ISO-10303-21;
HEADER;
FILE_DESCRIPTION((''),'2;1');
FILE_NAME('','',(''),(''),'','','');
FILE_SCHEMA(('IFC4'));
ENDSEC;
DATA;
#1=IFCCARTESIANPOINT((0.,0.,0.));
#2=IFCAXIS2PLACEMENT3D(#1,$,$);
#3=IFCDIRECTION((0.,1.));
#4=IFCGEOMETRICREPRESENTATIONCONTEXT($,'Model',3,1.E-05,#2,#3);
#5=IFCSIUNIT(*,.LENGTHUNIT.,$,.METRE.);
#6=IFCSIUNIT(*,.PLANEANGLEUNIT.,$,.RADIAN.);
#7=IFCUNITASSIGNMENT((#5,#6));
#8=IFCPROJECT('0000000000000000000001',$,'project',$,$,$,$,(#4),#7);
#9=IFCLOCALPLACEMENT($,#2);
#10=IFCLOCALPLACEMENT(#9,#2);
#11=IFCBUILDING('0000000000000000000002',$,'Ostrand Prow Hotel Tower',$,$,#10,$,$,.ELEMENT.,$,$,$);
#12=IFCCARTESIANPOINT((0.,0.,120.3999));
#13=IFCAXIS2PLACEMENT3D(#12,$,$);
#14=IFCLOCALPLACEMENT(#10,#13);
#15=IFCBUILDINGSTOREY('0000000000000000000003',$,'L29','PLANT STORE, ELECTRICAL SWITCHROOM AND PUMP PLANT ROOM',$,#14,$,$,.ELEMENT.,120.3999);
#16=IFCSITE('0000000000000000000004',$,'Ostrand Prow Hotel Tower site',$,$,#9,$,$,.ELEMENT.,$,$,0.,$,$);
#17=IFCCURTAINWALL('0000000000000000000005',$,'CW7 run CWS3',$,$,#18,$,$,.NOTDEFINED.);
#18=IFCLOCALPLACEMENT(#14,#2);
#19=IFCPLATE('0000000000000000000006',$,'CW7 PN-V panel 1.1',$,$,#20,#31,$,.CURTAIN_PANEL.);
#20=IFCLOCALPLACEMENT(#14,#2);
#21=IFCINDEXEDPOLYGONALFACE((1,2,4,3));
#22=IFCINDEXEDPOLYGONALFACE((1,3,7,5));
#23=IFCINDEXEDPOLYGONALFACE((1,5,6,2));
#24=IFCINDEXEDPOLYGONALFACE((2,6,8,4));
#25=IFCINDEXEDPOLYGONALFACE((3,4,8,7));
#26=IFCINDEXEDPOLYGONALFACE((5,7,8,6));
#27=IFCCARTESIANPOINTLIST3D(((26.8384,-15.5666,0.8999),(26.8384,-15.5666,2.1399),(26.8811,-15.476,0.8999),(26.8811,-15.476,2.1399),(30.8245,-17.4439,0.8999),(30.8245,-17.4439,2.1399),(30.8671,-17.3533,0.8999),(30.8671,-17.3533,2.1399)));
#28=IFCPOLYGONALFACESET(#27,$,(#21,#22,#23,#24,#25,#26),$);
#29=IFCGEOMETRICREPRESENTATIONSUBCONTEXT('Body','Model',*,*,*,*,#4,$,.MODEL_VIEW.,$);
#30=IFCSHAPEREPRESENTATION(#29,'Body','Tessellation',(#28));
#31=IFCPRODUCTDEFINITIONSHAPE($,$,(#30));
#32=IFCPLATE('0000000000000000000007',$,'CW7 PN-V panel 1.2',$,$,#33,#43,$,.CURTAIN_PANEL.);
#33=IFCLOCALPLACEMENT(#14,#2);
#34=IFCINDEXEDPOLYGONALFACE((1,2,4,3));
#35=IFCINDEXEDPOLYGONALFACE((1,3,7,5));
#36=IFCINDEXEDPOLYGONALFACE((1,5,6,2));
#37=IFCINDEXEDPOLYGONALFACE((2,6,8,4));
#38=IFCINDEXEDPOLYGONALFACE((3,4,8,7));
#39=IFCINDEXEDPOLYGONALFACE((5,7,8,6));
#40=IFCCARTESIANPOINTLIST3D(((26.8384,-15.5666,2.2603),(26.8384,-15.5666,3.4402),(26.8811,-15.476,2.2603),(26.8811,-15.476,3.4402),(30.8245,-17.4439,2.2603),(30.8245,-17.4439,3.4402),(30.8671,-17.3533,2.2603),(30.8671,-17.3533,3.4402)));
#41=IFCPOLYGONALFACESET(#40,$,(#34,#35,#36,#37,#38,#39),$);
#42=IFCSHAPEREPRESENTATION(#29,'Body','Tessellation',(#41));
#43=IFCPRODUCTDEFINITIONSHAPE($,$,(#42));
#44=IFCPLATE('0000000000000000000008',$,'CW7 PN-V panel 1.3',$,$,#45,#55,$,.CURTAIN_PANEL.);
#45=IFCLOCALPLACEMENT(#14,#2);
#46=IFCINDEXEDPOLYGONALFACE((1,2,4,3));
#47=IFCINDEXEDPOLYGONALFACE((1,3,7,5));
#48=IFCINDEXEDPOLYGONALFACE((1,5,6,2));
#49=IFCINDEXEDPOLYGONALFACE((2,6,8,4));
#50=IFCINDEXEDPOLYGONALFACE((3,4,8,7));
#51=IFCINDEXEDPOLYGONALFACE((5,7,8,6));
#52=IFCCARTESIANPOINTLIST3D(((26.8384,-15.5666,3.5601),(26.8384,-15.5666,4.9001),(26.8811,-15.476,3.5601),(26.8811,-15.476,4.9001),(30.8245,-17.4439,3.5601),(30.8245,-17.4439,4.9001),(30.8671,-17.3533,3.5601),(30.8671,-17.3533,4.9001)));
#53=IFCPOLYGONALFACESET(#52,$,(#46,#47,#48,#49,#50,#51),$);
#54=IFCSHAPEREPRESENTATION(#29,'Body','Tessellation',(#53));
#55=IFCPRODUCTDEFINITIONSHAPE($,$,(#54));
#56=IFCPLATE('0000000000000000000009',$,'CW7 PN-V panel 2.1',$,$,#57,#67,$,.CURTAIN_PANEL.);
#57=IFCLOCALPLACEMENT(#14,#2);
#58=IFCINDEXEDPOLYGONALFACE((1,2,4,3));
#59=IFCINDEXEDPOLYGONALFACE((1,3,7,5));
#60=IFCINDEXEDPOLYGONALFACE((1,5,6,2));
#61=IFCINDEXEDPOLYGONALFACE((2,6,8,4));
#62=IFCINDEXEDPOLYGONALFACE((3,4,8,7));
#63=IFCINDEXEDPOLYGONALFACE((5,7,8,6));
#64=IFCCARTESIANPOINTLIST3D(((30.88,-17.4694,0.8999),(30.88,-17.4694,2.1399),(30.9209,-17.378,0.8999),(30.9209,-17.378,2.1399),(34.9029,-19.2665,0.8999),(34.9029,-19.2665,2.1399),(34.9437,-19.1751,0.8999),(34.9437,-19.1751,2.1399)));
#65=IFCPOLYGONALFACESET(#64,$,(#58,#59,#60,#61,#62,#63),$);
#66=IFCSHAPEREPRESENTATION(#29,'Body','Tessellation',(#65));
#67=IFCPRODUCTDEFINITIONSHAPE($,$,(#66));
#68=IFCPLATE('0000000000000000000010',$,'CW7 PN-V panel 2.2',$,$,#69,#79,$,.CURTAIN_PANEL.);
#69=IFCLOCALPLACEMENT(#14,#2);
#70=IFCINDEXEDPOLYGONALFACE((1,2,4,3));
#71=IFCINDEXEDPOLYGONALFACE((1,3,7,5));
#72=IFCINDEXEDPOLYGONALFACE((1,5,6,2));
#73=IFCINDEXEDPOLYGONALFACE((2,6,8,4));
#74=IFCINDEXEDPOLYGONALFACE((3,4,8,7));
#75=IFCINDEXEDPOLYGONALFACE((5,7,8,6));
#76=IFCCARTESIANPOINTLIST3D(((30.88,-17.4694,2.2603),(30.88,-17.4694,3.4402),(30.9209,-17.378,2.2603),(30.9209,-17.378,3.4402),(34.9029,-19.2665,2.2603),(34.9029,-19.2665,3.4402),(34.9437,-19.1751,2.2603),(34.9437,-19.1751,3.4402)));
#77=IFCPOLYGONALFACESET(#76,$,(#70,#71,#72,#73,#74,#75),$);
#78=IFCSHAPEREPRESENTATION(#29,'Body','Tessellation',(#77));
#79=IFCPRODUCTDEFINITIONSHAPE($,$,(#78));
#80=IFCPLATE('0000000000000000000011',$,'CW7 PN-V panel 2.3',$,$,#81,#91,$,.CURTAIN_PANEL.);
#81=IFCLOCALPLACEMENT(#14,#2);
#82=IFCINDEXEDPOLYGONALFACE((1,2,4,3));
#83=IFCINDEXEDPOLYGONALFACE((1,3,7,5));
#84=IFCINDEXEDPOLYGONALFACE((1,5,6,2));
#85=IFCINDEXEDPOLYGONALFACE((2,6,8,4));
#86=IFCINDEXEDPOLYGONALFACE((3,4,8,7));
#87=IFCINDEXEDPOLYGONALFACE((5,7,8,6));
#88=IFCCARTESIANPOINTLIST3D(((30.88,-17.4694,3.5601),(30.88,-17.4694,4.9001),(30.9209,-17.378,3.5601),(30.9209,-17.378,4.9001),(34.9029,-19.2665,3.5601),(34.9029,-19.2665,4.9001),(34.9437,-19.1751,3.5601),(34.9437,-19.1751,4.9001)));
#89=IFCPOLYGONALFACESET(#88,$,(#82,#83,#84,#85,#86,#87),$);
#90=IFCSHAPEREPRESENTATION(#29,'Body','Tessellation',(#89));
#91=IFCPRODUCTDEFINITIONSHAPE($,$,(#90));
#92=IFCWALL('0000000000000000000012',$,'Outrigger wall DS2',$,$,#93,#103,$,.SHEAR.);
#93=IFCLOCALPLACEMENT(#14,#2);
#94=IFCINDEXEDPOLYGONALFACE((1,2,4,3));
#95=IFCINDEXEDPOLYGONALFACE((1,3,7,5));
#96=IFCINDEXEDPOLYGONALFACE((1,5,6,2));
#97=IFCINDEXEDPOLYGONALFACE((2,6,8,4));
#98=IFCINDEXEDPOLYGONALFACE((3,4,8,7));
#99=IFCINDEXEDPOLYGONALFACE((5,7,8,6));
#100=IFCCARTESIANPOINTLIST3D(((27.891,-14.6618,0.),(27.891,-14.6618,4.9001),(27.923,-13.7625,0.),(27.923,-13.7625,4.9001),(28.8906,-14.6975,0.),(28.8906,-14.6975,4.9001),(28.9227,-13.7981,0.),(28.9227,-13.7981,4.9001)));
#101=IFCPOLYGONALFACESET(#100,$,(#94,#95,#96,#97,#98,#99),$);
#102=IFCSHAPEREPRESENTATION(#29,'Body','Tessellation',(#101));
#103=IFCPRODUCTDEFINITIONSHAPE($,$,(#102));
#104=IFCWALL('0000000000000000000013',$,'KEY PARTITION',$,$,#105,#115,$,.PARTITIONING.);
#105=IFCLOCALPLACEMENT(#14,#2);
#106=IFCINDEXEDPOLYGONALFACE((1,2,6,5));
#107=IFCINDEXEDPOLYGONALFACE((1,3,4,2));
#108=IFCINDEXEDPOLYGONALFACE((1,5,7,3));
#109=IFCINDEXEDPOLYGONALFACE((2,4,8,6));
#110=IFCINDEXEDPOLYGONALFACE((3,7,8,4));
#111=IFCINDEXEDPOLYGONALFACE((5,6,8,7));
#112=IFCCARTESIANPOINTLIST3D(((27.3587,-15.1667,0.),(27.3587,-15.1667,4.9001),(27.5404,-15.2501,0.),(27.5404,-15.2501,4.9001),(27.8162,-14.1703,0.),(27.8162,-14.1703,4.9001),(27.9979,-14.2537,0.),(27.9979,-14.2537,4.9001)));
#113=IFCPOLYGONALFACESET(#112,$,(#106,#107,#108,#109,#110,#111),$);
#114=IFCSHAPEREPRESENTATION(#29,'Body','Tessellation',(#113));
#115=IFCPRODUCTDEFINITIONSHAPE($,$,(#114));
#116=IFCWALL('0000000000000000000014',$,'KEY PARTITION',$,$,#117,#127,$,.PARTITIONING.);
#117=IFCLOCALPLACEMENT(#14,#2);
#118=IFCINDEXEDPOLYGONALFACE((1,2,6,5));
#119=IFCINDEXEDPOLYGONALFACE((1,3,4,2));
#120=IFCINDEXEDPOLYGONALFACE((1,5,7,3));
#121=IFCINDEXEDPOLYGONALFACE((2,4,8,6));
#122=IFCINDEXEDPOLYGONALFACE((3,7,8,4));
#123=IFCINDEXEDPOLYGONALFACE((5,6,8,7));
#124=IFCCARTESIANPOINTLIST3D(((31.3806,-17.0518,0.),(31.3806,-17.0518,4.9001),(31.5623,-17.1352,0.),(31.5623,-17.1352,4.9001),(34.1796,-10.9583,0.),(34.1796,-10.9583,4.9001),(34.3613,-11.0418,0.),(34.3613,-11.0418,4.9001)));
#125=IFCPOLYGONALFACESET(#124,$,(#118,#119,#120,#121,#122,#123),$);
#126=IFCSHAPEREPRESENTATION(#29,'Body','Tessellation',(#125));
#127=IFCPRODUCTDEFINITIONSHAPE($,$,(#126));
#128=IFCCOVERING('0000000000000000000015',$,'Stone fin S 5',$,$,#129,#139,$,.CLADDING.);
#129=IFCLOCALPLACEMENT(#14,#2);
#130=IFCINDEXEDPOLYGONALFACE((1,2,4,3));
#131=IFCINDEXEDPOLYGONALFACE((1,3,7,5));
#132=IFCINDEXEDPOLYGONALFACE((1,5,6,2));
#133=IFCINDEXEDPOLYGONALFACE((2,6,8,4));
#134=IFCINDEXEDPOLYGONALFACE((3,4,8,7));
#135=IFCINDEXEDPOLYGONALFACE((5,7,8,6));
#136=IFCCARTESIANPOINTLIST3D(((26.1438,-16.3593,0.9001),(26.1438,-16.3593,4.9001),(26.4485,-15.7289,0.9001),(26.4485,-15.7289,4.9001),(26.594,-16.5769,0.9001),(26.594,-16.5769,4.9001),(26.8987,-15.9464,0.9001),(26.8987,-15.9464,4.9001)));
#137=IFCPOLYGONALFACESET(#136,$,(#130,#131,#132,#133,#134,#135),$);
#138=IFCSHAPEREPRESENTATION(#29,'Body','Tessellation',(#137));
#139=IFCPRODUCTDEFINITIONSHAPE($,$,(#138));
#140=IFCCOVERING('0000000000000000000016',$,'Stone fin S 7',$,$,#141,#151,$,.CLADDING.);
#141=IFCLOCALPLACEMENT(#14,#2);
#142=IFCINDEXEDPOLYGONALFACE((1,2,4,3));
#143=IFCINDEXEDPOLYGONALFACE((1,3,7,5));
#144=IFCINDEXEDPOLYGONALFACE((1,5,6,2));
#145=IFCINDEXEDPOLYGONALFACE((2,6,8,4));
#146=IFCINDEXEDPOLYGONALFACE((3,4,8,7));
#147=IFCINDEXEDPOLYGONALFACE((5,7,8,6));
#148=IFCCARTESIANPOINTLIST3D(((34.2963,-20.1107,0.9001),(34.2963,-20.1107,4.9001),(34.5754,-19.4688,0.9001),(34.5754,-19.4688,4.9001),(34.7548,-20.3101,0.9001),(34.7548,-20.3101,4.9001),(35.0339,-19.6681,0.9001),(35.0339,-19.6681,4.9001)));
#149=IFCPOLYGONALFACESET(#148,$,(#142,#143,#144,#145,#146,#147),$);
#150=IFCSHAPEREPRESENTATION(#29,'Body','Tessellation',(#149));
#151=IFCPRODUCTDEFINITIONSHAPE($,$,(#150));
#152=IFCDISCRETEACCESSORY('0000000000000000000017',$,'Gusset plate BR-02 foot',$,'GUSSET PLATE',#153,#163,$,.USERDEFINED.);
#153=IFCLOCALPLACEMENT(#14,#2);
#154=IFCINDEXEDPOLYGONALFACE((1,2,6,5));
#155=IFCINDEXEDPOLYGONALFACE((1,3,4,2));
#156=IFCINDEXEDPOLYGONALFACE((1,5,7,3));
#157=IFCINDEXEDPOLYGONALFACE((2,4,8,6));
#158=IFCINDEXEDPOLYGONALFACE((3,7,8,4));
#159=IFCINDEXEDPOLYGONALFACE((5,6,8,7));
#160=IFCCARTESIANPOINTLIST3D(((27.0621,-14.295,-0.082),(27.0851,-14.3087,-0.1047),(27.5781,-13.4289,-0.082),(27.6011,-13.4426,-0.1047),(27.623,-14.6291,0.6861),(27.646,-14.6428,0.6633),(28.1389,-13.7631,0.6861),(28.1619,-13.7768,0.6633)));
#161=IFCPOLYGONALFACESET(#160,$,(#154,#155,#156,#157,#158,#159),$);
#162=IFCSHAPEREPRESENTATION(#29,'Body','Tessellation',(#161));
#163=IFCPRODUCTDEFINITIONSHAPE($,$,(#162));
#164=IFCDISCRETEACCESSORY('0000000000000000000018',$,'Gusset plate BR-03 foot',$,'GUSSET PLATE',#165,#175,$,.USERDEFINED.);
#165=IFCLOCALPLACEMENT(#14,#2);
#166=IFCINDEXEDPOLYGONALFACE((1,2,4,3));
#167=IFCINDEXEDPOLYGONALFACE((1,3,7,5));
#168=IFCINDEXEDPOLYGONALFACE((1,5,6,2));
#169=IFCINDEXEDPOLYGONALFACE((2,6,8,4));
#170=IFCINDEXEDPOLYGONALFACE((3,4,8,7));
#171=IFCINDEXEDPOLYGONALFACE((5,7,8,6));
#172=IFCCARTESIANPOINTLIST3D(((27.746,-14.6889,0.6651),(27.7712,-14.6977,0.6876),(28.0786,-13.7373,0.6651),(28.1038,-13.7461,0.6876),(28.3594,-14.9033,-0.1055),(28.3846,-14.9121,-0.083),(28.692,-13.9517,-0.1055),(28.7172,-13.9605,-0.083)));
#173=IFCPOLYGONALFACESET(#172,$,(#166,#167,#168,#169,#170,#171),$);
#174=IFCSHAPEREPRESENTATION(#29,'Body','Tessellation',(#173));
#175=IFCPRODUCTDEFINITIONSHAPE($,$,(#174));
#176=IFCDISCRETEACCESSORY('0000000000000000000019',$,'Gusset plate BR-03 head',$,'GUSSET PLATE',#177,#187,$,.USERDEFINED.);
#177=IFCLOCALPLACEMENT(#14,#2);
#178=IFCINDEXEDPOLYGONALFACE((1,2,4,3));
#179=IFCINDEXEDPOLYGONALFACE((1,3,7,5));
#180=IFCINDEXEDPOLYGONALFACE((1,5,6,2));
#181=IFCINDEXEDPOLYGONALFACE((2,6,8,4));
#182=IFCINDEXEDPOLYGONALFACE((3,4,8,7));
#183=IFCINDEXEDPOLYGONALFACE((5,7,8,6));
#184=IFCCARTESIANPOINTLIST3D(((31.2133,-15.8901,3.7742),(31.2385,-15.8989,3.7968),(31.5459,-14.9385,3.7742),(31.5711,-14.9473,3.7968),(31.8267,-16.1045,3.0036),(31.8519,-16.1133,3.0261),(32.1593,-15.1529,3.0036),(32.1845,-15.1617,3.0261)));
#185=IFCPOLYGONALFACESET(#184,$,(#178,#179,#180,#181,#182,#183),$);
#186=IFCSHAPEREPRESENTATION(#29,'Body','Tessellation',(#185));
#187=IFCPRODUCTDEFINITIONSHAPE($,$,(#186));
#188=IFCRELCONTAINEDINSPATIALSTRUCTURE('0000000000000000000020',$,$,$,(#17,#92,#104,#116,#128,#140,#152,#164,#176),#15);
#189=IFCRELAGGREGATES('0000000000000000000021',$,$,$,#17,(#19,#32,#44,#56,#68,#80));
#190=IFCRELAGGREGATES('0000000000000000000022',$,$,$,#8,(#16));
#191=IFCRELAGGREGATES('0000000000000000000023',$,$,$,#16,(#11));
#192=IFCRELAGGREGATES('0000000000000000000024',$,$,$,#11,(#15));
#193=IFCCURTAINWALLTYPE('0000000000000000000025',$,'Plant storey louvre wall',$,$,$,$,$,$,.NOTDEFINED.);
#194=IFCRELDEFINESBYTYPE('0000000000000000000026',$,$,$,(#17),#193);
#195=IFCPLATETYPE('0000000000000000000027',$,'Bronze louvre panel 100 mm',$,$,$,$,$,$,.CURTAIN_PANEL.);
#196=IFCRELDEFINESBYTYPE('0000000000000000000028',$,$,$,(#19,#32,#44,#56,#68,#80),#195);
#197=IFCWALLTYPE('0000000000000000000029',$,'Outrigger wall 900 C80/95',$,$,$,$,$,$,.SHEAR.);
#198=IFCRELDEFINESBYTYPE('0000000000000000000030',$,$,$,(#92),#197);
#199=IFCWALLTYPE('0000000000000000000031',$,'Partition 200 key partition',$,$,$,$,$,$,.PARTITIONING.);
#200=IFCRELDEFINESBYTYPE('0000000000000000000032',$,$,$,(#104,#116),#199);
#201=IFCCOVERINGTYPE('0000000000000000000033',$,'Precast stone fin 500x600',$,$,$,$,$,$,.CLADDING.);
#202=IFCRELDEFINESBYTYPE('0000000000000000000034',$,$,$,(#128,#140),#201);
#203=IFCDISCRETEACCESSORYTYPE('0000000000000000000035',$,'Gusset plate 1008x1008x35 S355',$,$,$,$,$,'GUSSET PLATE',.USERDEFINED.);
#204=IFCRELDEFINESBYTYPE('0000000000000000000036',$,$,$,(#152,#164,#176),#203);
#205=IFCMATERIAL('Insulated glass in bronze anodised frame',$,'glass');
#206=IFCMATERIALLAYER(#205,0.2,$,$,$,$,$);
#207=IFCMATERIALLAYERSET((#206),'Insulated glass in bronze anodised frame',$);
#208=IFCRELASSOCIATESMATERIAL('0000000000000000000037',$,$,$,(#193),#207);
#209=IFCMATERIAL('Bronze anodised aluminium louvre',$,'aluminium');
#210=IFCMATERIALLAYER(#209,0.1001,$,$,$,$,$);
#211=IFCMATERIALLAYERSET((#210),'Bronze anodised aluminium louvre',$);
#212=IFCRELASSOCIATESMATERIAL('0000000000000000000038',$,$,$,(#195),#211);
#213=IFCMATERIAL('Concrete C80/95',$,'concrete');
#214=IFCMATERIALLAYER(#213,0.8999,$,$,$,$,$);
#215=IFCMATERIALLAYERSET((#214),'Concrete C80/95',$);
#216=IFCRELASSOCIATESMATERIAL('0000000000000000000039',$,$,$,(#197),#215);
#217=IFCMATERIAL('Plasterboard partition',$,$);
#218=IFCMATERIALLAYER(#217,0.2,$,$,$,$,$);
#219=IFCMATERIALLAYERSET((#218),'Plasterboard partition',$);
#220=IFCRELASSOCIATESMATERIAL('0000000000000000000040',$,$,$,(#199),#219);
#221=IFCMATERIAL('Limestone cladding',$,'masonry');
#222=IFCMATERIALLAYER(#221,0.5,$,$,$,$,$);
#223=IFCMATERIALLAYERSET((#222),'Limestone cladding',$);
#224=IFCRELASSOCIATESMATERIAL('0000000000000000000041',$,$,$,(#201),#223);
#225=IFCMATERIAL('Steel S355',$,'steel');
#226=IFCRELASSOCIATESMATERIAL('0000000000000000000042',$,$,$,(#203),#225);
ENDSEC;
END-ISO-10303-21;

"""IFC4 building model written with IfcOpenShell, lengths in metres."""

from ifc_helpers import new_model, si_unit, direction, frame, frame_2d, origin, origin_2d, place, context, subcontext, project, spatial, rectangle, extrude, material, layer, layer_set, material_profile, profile_set, type_object, element, aggregate, save


model = new_model("IFC4")

# Units and contexts
model_context = context("Model", 3, precision=1e-05, world=origin(), true_north=direction((0.0, 1.0)))
body_context = subcontext(model_context, "Body", "Model", "MODEL_VIEW")
ifc_project = project(units=[si_unit("LENGTHUNIT", "METRE"), si_unit("PLANEANGLEUNIT", "RADIAN")], contexts=[model_context])

# Site, building, storey
site_placement = place(None, origin())
site = spatial("IfcSite", under=ifc_project, at=site_placement, Name="Ostrand Prow Hotel Tower site", CompositionType="ELEMENT", RefElevation=0.0)
building_placement = place(site_placement, origin())
building = spatial("IfcBuilding", under=site, at=building_placement, Name="Ostrand Prow Hotel Tower", CompositionType="ELEMENT")
storey_placement = place(building_placement, frame((0.0, 0.0, 120.3999)))
storey = spatial("IfcBuildingStorey", under=building, at=storey_placement, Name="L29", Description="PLANT STORE, ELECTRICAL SWITCHROOM AND PUMP PLANT ROOM", CompositionType="ELEMENT", Elevation=120.3999)

# Shared definitions
ifc_material_1 = material(Name="Insulated glass in bronze anodised frame", Category="glass")
ifc_layer_1 = layer(ifc_material_1, 0.2)
ifc_layer_set_1 = layer_set([ifc_layer_1], Name="Insulated glass in bronze anodised frame")
curtain_wall_type = type_object("IfcCurtainWallType", Name="Plant storey louvre wall", PredefinedType="NOTDEFINED", material=ifc_layer_set_1)

# Curtain wall
curtain_wall_1_placement = place(storey_placement, origin())
curtain_wall_1 = element("IfcCurtainWall", 1, at=curtain_wall_1_placement, inside=storey, type_object=curtain_wall_type, Name="CW7 run CWS3", PredefinedType="NOTDEFINED")

# Plates
ifc_material_2 = material(Name="Bronze anodised aluminium louvre", Category="aluminium")
ifc_layer_2 = layer(ifc_material_2, 0.1001)
ifc_layer_set_2 = layer_set([ifc_layer_2], Name="Bronze anodised aluminium louvre")
plate_type = type_object("IfcPlateType", Name="Bronze louvre panel 100 mm", PredefinedType="CURTAIN_PANEL", material=ifc_layer_set_2)
plate_1_placement = place(storey_placement, frame((28.8528, -16.46, 0.8999), z_axis=(0.0, 0.0, 1.0), x_axis=(0.904686, -0.426079, 0.0)))
plate_1 = element("IfcPlate", 2, at=plate_1_placement, type_object=plate_type, Name="CW7 PN-V panel 1.1", PredefinedType="CURTAIN_PANEL", context=body_context, shape_type="SweptSolid", body=[
    extrude(rectangle(XDim=4.406, YDim=0.1001, at=origin_2d()), origin(), (0.0, 0.0, 1.0), 1.24),
])
plate_2_placement = place(storey_placement, frame((28.8528, -16.46, 2.2603), z_axis=(0.0, 0.0, 1.0), x_axis=(0.904686, -0.426079, 0.0)))
plate_2 = element("IfcPlate", 3, at=plate_2_placement, type_object=plate_type, Name="CW7 PN-V panel 1.2", PredefinedType="CURTAIN_PANEL", context=body_context, shape_type="SweptSolid", body=[
    extrude(rectangle(XDim=4.406, YDim=0.1001, at=origin_2d()), origin(), (0.0, 0.0, 1.0), 1.1799),
])
plate_3_placement = place(storey_placement, frame((28.8528, -16.46, 3.5601), z_axis=(0.0, 0.0, 1.0), x_axis=(0.904686, -0.426079, 0.0)))
plate_3 = element("IfcPlate", 4, at=plate_3_placement, type_object=plate_type, Name="CW7 PN-V panel 1.3", PredefinedType="CURTAIN_PANEL", context=body_context, shape_type="SweptSolid", body=[
    extrude(rectangle(XDim=4.406, YDim=0.1001, at=origin_2d()), origin(), (0.0, 0.0, 1.0), 1.3401),
])
plate_4_placement = place(storey_placement, frame((32.9119, -18.3223, 0.8999), z_axis=(0.0, 0.0, 1.0), x_axis=(0.913038, -0.407875, 0.0)))
plate_4 = element("IfcPlate", 5, at=plate_4_placement, type_object=plate_type, Name="CW7 PN-V panel 2.1", PredefinedType="CURTAIN_PANEL", context=body_context, shape_type="SweptSolid", body=[
    extrude(rectangle(XDim=4.406, YDim=0.1001, at=origin_2d()), origin(), (0.0, 0.0, 1.0), 1.24),
])
plate_5_placement = place(storey_placement, frame((32.9119, -18.3223, 2.2603), z_axis=(0.0, 0.0, 1.0), x_axis=(0.913038, -0.407875, 0.0)))
plate_5 = element("IfcPlate", 6, at=plate_5_placement, type_object=plate_type, Name="CW7 PN-V panel 2.2", PredefinedType="CURTAIN_PANEL", context=body_context, shape_type="SweptSolid", body=[
    extrude(rectangle(XDim=4.406, YDim=0.1001, at=origin_2d()), origin(), (0.0, 0.0, 1.0), 1.1799),
])
plate_6_placement = place(storey_placement, frame((32.9119, -18.3223, 3.5601), z_axis=(0.0, 0.0, 1.0), x_axis=(0.913038, -0.407875, 0.0)))
plate_6 = element("IfcPlate", 7, at=plate_6_placement, type_object=plate_type, Name="CW7 PN-V panel 2.3", PredefinedType="CURTAIN_PANEL", context=body_context, shape_type="SweptSolid", body=[
    extrude(rectangle(XDim=4.406, YDim=0.1001, at=origin_2d()), origin(), (0.0, 0.0, 1.0), 1.3401),
])
aggregate(curtain_wall_1, [plate_1, plate_2, plate_3, plate_4, plate_5, plate_6])

# Walls
ifc_material_3 = material(Name="Concrete C80/95", Category="concrete")
ifc_layer_3 = layer(ifc_material_3, 0.8999)
ifc_layer_set_3 = layer_set([ifc_layer_3], Name="Concrete C80/95")
wall_type_1 = type_object("IfcWallType", Name="Outrigger wall 900 C80/95", PredefinedType="SHEAR", material=ifc_layer_set_3)
wall_1_placement = place(storey_placement, frame((28.9065, -14.2478, 0.0), z_axis=(0.0, 0.0, 1.0), x_axis=(-0.999365, 0.035639, 0.0)))
element("IfcWall", 8, at=wall_1_placement, inside=storey, type_object=wall_type_1, Name="Outrigger wall DS2", PredefinedType="SHEAR", context=body_context, shape_type="SweptSolid", body=[
    extrude(rectangle(XDim=1.0002, YDim=0.8999, at=frame_2d((0.5, 0.0))), origin(), (0.0, 0.0, 1.0), 4.9001),
])
ifc_material_4 = material(Name="Plasterboard partition")
ifc_layer_4 = layer(ifc_material_4, 0.2)
ifc_layer_set_4 = layer_set([ifc_layer_4], Name="Plasterboard partition")
wall_type_2 = type_object("IfcWallType", Name="Partition 200 key partition", PredefinedType="PARTITIONING", material=ifc_layer_set_4)
wall_2_placement = place(storey_placement, frame((27.4495, -15.2085, 0.0), z_axis=(0.0, 0.0, 1.0), x_axis=(0.417306, 0.908766, 0.0)))
element("IfcWall", 9, at=wall_2_placement, inside=storey, type_object=wall_type_2, Name="KEY PARTITION", PredefinedType="PARTITIONING", context=body_context, shape_type="SweptSolid", body=[
    extrude(rectangle(XDim=1.0964, YDim=0.2, at=frame_2d((0.5483, 0.0))), origin(), (0.0, 0.0, 1.0), 4.9001),
])
wall_3_placement = place(storey_placement, frame((31.4714, -17.0935, 0.0), z_axis=(0.0, 0.0, 1.0), x_axis=(0.417421, 0.908713, 0.0)))
element("IfcWall", 10, at=wall_3_placement, inside=storey, type_object=wall_type_2, Name="KEY PARTITION", PredefinedType="PARTITIONING", context=body_context, shape_type="SweptSolid", body=[
    extrude(rectangle(XDim=6.7056, YDim=0.2, at=frame_2d((3.3528, 0.0))), origin(), (0.0, 0.0, 1.0), 4.9001),
])

# Coverings
ifc_material_5 = material(Name="Limestone cladding", Category="masonry")
ifc_layer_5 = layer(ifc_material_5, 0.5)
ifc_layer_set_5 = layer_set([ifc_layer_5], Name="Limestone cladding")
covering_type = type_object("IfcCoveringType", Name="Precast stone fin 500x600", PredefinedType="CLADDING", material=ifc_layer_set_5)
covering_1_placement = place(storey_placement, frame((26.6736, -15.8376, 0.9001), z_axis=(0.0, 0.0, 1.0), x_axis=(-0.435178, -0.900344, 0.0)))
element("IfcCovering", 11, at=covering_1_placement, inside=storey, type_object=covering_type, Name="Stone fin S 5", PredefinedType="CLADDING", context=body_context, shape_type="SweptSolid", body=[
    extrude(rectangle(XDim=0.7002, YDim=0.5, at=frame_2d((0.3501, 0.0))), origin(), (0.0, 0.0, 1.0), 4.0),
])
covering_2_placement = place(storey_placement, frame((34.8047, -19.5684, 0.9001), z_axis=(0.0, 0.0, 1.0), x_axis=(-0.398713, -0.917076, 0.0)))
element("IfcCovering", 12, at=covering_2_placement, inside=storey, type_object=covering_type, Name="Stone fin S 7", PredefinedType="CLADDING", context=body_context, shape_type="SweptSolid", body=[
    extrude(rectangle(XDim=0.7, YDim=0.5, at=frame_2d((0.3501, 0.0))), origin(), (0.0, 0.0, 1.0), 4.0),
])

# Discrete accessories
ifc_material_6 = material(Name="Steel S355", Category="steel")
ifc_material_profile_1 = material_profile(ifc_material_6, rectangle(XDim=1.0081, YDim=1.0081, at=origin_2d()), Name="PL 1008x1008x35")
ifc_profile_set_1 = profile_set([ifc_material_profile_1], Name="Steel S355")
discrete_accessory_type = type_object("IfcDiscreteAccessoryType", Name="Gusset plate 1008x1008x35 S355", ElementType="GUSSET PLATE", PredefinedType="USERDEFINED", material=ifc_profile_set_1)
discrete_accessory_placement = place(storey_placement, frame((27.6235, -14.0427, 0.2793), z_axis=(-0.654595, 0.389972, 0.647632), x_axis=(-0.511805, -0.859102, 0.0)))
element("IfcDiscreteAccessory", 13, at=discrete_accessory_placement, inside=storey, type_object=discrete_accessory_type, Name="Gusset plate BR-02 foot", ObjectType="GUSSET PLATE", PredefinedType="USERDEFINED", context=body_context, shape_type="SweptSolid", body=[
    extrude(rectangle(XDim=1.0081, YDim=1.0081, at=origin_2d()), origin(), (0.0, 0.0, 1.0), 0.0352),
])
for number, where, z_axis, x_axis, name in (
    (14, (28.219, -14.3203, 0.2798), (0.721693, -0.252242, 0.644619), (0.329942, 0.944001, 0.0), "Gusset plate BR-03 foot"),
    (15, (31.6863, -15.5215, 3.3889), (0.721693, -0.252242, 0.644619), (0.329942, 0.944001, 0.0), "Gusset plate BR-03 head"),
):
    element("IfcDiscreteAccessory", number, at=place(storey_placement, frame(where, z_axis=z_axis, x_axis=x_axis)), inside=storey, type_object=discrete_accessory_type, Name=name, ObjectType="GUSSET PLATE", PredefinedType="USERDEFINED", context=body_context, shape_type="SweptSolid", body=[
        extrude(rectangle(XDim=1.0081, YDim=1.0081, at=origin_2d()), origin(), (0.0, 0.0, 1.0), 0.0349),
    ])

save(model, "model.ifc")
